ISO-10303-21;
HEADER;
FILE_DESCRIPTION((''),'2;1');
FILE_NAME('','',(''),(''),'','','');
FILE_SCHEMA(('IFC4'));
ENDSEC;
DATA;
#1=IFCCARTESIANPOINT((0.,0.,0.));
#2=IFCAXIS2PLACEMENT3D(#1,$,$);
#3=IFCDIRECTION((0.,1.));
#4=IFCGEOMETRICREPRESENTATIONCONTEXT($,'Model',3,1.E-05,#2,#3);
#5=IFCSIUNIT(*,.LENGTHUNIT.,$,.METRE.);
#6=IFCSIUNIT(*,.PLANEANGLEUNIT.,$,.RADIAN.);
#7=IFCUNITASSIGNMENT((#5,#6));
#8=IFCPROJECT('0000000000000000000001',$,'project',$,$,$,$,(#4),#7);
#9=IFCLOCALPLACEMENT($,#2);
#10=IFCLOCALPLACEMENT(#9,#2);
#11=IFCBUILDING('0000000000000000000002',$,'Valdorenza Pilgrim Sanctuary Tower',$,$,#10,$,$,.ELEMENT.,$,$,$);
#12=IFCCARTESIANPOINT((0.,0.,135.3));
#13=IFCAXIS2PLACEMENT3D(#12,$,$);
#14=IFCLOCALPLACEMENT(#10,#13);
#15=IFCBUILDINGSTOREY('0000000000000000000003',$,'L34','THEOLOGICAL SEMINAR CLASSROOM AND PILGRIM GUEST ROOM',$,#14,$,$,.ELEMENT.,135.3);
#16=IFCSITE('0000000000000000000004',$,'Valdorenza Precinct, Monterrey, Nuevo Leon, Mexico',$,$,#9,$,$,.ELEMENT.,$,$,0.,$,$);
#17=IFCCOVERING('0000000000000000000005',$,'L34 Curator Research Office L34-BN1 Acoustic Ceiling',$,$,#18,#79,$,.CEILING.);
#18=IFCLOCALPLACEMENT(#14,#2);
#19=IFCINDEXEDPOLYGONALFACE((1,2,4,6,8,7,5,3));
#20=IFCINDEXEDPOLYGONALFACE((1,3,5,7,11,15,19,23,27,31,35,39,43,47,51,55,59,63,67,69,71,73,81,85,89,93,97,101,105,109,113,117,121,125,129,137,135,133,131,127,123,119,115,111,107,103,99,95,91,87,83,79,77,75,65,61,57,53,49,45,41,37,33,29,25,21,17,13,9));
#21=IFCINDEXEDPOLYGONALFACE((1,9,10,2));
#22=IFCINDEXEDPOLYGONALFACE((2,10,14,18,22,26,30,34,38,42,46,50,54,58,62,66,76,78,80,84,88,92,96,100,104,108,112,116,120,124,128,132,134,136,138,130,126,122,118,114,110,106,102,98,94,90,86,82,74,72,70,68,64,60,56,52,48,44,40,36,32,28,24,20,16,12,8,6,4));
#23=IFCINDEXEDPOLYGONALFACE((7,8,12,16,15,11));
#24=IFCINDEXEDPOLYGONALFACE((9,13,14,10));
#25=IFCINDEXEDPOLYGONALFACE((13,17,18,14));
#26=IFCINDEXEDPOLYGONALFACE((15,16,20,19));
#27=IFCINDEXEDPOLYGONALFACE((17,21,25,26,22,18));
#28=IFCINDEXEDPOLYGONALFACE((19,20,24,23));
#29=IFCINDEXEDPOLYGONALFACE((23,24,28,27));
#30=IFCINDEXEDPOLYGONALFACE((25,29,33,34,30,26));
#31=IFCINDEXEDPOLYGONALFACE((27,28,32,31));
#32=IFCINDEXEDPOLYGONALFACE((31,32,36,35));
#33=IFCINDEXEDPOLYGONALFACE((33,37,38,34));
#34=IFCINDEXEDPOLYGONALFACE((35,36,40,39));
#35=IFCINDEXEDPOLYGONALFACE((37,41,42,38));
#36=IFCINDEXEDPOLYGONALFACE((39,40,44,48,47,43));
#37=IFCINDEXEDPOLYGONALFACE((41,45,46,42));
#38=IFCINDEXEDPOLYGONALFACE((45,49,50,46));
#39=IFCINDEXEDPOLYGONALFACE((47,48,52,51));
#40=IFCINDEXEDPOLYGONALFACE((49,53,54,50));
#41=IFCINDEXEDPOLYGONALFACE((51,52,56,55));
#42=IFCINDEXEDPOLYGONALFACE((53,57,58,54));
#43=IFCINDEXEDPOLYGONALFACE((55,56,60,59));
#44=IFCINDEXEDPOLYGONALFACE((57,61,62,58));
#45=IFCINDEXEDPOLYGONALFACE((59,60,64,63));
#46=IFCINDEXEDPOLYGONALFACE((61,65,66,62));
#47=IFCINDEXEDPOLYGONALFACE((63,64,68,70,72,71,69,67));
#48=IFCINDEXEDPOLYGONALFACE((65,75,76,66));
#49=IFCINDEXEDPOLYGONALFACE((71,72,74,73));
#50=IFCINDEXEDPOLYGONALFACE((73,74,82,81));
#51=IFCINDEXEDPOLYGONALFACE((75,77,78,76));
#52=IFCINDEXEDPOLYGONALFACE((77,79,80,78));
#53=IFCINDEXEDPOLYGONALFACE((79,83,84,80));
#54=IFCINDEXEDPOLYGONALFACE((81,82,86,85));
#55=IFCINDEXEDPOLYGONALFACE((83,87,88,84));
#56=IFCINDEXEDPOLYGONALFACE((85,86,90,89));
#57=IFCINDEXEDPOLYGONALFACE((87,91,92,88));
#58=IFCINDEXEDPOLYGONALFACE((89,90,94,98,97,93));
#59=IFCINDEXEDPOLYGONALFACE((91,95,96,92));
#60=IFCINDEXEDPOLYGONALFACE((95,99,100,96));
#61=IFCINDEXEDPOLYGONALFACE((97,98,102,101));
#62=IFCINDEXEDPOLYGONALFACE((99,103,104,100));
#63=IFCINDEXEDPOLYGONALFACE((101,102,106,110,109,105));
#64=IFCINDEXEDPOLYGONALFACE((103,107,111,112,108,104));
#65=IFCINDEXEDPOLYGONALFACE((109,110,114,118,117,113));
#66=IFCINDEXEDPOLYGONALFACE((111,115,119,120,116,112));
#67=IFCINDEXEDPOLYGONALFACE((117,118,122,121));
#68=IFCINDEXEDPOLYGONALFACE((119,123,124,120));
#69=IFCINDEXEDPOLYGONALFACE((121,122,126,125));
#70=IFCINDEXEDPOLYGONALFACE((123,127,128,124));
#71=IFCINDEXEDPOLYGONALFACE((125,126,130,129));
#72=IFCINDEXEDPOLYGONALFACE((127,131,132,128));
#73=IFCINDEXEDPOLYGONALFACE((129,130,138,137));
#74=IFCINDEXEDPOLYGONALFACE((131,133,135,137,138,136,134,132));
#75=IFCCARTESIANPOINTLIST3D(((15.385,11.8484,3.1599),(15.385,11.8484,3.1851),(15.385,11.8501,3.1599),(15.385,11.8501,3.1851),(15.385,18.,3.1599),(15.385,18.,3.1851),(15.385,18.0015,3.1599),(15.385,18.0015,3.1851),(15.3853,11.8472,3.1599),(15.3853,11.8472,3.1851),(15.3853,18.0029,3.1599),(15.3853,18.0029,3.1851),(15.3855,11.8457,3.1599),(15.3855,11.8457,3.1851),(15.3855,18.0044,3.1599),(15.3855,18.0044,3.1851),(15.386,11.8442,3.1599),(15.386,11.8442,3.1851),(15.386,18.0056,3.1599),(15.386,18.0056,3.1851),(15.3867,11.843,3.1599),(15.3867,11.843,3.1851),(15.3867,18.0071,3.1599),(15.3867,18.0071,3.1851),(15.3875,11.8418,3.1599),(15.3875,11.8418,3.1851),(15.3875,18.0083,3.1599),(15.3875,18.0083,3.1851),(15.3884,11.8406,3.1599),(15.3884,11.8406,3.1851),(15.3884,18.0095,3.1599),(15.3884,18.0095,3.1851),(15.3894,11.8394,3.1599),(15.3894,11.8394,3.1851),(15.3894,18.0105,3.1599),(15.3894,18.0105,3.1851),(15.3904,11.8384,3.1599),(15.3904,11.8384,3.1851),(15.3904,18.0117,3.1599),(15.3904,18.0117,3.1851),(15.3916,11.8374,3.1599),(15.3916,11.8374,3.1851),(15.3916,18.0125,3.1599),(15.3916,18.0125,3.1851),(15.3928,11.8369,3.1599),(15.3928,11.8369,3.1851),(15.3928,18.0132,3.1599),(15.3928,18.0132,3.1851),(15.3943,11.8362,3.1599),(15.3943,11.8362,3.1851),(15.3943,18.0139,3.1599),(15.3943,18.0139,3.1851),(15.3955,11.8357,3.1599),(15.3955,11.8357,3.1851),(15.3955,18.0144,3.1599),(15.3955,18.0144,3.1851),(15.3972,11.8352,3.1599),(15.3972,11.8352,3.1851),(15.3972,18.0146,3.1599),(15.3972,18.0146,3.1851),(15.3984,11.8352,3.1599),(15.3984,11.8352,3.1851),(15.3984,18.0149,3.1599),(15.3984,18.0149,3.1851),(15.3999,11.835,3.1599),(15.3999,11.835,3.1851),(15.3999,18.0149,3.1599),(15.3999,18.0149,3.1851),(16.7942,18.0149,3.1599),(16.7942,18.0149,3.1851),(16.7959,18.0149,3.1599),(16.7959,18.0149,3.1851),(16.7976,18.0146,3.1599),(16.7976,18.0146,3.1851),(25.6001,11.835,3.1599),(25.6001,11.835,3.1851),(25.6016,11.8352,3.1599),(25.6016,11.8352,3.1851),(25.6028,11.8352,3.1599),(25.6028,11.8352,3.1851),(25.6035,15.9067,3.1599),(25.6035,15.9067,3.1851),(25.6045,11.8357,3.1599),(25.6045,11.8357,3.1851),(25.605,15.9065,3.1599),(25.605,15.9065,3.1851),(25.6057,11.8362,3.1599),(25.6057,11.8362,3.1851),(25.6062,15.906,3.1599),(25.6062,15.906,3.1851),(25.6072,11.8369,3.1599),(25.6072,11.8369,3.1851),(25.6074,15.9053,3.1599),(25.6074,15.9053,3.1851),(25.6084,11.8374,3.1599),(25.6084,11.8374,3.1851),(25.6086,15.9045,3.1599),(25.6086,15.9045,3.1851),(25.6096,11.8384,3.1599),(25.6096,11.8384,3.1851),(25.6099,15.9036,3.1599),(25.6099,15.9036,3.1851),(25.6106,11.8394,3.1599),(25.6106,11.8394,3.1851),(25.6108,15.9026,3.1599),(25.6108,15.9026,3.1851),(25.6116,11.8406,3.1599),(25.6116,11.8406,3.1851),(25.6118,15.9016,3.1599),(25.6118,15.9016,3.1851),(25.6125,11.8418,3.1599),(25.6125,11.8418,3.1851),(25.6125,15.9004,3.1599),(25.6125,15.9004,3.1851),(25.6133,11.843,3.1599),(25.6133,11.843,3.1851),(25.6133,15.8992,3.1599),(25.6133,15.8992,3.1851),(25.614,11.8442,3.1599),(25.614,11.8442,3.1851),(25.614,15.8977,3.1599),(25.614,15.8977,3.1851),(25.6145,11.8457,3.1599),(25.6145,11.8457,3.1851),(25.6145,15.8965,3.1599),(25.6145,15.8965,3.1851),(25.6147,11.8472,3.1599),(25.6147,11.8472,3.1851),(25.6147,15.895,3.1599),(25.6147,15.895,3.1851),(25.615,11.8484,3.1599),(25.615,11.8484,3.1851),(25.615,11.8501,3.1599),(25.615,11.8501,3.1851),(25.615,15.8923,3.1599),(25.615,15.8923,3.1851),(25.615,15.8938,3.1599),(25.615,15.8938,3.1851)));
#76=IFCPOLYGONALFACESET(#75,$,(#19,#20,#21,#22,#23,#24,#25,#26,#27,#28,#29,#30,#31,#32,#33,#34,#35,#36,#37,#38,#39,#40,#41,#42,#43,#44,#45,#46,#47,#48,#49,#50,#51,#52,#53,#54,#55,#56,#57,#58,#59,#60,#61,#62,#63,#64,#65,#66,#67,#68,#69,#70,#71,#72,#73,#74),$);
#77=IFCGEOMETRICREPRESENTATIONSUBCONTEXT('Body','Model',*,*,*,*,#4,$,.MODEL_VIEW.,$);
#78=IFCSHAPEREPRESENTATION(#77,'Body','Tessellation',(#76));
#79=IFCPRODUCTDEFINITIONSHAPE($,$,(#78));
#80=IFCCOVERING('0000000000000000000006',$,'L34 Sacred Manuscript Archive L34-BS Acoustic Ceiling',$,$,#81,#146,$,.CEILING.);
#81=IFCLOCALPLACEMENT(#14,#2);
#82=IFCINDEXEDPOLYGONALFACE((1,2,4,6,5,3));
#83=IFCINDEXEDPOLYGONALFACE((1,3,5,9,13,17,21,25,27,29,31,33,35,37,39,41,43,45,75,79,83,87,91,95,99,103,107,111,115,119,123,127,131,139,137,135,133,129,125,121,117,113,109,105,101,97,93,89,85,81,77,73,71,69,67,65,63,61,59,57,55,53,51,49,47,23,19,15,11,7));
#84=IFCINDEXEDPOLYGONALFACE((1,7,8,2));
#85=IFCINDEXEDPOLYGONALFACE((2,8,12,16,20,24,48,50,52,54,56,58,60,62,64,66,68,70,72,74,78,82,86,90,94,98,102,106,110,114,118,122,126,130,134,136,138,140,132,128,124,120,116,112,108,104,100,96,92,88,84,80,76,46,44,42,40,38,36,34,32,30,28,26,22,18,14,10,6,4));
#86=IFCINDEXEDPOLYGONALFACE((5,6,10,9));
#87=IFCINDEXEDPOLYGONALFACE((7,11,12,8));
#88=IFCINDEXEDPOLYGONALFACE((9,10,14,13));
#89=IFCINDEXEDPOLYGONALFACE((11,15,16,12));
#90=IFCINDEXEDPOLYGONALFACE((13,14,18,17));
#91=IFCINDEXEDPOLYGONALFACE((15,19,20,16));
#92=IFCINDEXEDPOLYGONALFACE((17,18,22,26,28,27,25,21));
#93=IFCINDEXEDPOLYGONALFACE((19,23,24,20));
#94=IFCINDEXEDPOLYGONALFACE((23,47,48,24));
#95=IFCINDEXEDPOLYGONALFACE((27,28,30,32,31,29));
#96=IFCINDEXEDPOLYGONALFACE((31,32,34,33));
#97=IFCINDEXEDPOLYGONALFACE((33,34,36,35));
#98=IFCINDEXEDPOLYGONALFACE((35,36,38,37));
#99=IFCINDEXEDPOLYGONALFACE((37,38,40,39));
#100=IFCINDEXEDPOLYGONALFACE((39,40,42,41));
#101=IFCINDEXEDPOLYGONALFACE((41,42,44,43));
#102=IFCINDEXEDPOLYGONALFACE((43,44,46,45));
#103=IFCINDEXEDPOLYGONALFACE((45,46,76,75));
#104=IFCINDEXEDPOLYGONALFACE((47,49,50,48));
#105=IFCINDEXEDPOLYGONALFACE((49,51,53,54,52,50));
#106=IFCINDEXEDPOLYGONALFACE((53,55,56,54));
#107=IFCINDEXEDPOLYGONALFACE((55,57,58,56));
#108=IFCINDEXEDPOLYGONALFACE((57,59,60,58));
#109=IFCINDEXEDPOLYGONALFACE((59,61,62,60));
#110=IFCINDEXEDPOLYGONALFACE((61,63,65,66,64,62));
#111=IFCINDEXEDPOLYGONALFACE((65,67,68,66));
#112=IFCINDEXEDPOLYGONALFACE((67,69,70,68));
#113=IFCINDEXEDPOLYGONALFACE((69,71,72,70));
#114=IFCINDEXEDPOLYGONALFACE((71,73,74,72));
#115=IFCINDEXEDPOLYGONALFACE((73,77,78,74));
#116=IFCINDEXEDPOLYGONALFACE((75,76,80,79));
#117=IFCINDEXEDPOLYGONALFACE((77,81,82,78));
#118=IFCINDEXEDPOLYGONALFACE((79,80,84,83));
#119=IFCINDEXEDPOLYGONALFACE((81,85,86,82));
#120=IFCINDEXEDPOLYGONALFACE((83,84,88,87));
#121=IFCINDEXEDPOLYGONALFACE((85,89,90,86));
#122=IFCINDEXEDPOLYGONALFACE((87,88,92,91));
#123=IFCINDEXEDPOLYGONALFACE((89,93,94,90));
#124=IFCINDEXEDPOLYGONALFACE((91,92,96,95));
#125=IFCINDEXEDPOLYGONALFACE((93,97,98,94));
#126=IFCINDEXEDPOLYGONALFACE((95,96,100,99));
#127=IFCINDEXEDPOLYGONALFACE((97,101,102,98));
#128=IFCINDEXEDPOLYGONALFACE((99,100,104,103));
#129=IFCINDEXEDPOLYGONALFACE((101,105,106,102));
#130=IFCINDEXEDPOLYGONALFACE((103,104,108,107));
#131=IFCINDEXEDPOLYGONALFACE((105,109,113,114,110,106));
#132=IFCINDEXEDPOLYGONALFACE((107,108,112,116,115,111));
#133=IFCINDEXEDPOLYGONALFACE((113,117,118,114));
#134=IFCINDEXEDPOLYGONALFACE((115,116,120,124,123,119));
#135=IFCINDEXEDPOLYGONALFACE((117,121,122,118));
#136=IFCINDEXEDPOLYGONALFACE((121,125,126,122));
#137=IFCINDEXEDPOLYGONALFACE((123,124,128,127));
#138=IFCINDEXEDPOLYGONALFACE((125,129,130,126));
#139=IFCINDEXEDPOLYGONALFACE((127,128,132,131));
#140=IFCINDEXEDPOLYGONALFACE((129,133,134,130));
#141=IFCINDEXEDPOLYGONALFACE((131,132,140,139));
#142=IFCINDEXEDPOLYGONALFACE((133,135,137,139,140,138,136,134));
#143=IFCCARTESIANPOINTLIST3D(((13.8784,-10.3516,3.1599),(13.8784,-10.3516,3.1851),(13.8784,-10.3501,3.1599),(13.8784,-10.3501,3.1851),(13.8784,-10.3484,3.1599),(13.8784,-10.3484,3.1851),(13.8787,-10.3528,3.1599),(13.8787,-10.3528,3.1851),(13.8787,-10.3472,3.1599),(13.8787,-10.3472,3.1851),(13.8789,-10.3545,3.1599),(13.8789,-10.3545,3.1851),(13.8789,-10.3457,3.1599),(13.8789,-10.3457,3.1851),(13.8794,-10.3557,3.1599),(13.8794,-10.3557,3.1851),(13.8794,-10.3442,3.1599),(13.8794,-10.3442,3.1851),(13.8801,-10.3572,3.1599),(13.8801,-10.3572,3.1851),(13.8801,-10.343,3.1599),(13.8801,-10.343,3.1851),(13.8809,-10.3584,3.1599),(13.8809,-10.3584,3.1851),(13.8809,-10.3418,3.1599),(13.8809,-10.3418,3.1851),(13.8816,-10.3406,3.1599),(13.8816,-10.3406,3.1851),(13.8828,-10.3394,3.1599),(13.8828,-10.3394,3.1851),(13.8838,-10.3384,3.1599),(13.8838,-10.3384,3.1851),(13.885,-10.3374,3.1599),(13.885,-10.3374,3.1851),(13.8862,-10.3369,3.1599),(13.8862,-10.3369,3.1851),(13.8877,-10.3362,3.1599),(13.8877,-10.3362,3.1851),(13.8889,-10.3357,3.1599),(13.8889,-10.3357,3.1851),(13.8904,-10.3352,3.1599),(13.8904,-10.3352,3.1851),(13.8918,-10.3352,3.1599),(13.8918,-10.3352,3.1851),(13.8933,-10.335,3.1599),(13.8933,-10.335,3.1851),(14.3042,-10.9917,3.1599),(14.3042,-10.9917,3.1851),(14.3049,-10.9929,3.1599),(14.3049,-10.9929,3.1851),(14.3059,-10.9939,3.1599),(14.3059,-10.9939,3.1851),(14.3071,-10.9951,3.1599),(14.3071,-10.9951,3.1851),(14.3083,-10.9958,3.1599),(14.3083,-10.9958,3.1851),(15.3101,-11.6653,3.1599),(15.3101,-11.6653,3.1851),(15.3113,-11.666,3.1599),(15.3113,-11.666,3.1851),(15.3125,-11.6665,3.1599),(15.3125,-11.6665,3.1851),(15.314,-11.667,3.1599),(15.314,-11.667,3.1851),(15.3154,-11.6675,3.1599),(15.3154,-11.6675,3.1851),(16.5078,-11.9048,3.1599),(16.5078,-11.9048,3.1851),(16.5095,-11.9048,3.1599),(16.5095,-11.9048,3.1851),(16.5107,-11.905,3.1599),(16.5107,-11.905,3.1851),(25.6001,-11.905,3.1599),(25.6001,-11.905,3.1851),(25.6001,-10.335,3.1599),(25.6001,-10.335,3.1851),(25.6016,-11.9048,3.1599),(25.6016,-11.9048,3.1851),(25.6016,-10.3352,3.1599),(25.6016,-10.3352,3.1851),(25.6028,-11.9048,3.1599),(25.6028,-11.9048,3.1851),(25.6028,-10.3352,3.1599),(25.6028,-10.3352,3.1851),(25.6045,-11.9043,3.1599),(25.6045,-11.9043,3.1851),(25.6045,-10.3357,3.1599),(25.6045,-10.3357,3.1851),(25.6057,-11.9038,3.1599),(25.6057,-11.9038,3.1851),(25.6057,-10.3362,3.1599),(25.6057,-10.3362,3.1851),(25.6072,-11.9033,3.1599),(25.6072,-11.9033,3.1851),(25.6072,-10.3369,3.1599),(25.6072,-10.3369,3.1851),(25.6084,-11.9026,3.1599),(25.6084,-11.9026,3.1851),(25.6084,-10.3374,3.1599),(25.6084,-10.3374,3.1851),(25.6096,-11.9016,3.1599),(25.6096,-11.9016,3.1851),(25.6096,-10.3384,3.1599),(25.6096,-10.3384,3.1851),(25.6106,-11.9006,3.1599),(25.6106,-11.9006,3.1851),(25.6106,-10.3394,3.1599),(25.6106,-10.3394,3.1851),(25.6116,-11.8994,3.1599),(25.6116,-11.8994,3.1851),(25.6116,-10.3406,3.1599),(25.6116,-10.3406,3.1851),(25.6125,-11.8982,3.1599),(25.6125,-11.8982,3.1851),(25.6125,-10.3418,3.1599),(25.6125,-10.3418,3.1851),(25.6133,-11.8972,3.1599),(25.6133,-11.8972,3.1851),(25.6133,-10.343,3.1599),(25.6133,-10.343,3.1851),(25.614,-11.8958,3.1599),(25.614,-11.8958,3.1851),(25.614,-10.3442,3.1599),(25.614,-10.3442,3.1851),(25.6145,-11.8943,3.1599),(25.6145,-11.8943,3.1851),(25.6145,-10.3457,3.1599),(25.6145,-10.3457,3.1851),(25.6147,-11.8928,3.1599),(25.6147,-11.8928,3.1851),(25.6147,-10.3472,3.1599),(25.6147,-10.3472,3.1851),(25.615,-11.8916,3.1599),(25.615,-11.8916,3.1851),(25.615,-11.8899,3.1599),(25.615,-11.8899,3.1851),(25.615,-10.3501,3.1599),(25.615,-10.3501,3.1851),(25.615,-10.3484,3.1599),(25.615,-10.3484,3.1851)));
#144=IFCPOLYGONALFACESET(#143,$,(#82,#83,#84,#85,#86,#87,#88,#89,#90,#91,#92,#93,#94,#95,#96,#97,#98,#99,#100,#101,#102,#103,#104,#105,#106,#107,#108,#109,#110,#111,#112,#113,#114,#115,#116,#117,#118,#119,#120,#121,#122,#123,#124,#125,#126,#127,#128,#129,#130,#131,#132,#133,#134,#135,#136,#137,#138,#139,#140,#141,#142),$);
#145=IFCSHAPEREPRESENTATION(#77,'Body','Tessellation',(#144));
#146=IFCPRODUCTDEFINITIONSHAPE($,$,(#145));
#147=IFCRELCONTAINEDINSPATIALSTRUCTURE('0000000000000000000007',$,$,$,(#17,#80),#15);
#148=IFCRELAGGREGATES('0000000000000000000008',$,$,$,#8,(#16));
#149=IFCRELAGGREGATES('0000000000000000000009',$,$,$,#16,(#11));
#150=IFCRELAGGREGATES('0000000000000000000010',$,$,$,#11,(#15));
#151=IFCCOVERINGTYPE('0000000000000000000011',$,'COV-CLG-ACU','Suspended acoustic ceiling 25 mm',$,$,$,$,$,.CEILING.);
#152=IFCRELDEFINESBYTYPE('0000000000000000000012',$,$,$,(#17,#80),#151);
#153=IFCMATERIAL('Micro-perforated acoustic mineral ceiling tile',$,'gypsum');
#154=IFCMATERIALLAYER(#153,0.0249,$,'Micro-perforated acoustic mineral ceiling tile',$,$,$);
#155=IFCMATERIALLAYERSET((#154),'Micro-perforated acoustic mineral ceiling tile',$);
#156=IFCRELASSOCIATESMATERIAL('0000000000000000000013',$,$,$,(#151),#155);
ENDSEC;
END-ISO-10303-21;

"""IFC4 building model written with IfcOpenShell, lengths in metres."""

from ifc_helpers import new_model, si_unit, direction, frame, origin, place, context, subcontext, project, spatial, polyline, outline, extrude, material, layer, layer_set, type_object, element, save


model = new_model("IFC4")

# Units and contexts
model_context = context("Model", 3, precision=1e-05, world=origin(), true_north=direction((0.0, 1.0)))
body_context = subcontext(model_context, "Body", "Model", "MODEL_VIEW")
ifc_project = project(units=[si_unit("LENGTHUNIT", "METRE"), si_unit("PLANEANGLEUNIT", "RADIAN")], contexts=[model_context])

# Site, building, storey
site_placement = place(None, origin())
site = spatial("IfcSite", under=ifc_project, at=site_placement, Name="Valdorenza Precinct, Monterrey, Nuevo Leon, Mexico", CompositionType="ELEMENT", RefElevation=0.0)
building_placement = place(site_placement, origin())
building = spatial("IfcBuilding", under=site, at=building_placement, Name="Valdorenza Pilgrim Sanctuary Tower", CompositionType="ELEMENT")
storey_placement = place(building_placement, frame((0.0, 0.0, 135.3)))
storey = spatial("IfcBuildingStorey", under=building, at=storey_placement, Name="L34", Description="THEOLOGICAL SEMINAR CLASSROOM AND PILGRIM GUEST ROOM", CompositionType="ELEMENT", Elevation=135.3)

# Coverings
ifc_material_1 = material(Name="Micro-perforated acoustic mineral ceiling tile", Category="gypsum")
ifc_layer_1 = layer(ifc_material_1, 0.0249, Name="Micro-perforated acoustic mineral ceiling tile")
ifc_layer_set_1 = layer_set([ifc_layer_1], Name="Micro-perforated acoustic mineral ceiling tile")
covering_type_1 = type_object("IfcCoveringType", Name="COV-CLG-ACU", Description="Suspended acoustic ceiling 25 mm", PredefinedType="CEILING", material=ifc_layer_set_1)
covering_1_placement = place(storey_placement, frame((0.0, 0.0, 3.1599)))
element("IfcCovering", 1, at=covering_1_placement, inside=storey, type_object=covering_type_1, Name="L34 Curator Research Office L34-BN1 Acoustic Ceiling", PredefinedType="CEILING", context=body_context, shape_type="SweptSolid", body=[
    extrude(outline(polyline([(15.3999, 11.835), (15.3984, 11.8352), (15.3972, 11.8352), (15.3955, 11.8357), (15.3943, 11.8362), (15.3928, 11.8369), (15.3916, 11.8374), (15.3904, 11.8384), (15.3894, 11.8394), (15.3884, 11.8406), (15.3875, 11.8418), (15.3867, 11.843), (15.386, 11.8442), (15.3855, 11.8457), (15.3853, 11.8472), (15.385, 11.8484), (15.385, 11.8501), (15.385, 18.0), (15.385, 18.0015), (15.3853, 18.0029), (15.3855, 18.0044), (15.386, 18.0056), (15.3867, 18.0071), (15.3875, 18.0083), (15.3884, 18.0095), (15.3894, 18.0105), (15.3904, 18.0117), (15.3916, 18.0125), (15.3928, 18.0132), (15.3943, 18.0139), (15.3955, 18.0144), (15.3972, 18.0146), (15.3984, 18.0149), (15.3999, 18.0149), (16.7942, 18.0149), (16.7959, 18.0149), (16.7976, 18.0146), (25.6035, 15.9067), (25.605, 15.9065), (25.6062, 15.906), (25.6074, 15.9053), (25.6086, 15.9045), (25.6099, 15.9036), (25.6108, 15.9026), (25.6118, 15.9016), (25.6125, 15.9004), (25.6133, 15.8992), (25.614, 15.8977), (25.6145, 15.8965), (25.6147, 15.895), (25.615, 15.8938), (25.615, 15.8923), (25.615, 11.8501), (25.615, 11.8484), (25.6147, 11.8472), (25.6145, 11.8457), (25.614, 11.8442), (25.6133, 11.843), (25.6125, 11.8418), (25.6116, 11.8406), (25.6106, 11.8394), (25.6096, 11.8384), (25.6084, 11.8374), (25.6072, 11.8369), (25.6057, 11.8362), (25.6045, 11.8357), (25.6028, 11.8352), (25.6016, 11.8352), (25.6001, 11.835), (15.3999, 11.835)])), origin(), (0.0, 0.0, 1.0), 0.0251),
])
covering_2_placement = place(storey_placement, frame((0.0, 0.0, 3.1599)))
element("IfcCovering", 2, at=covering_2_placement, inside=storey, type_object=covering_type_1, Name="L34 Sacred Manuscript Archive L34-BS Acoustic Ceiling", PredefinedType="CEILING", context=body_context, shape_type="SweptSolid", body=[
    extrude(outline(polyline([(25.615, -11.8899), (25.615, -11.8916), (25.6147, -11.8928), (25.6145, -11.8943), (25.614, -11.8958), (25.6133, -11.8972), (25.6125, -11.8982), (25.6116, -11.8994), (25.6106, -11.9006), (25.6096, -11.9016), (25.6084, -11.9026), (25.6072, -11.9033), (25.6057, -11.9038), (25.6045, -11.9043), (25.6028, -11.9048), (25.6016, -11.9048), (25.6001, -11.905), (16.5107, -11.905), (16.5095, -11.9048), (16.5078, -11.9048), (15.3154, -11.6675), (15.314, -11.667), (15.3125, -11.6665), (15.3113, -11.666), (15.3101, -11.6653), (14.3083, -10.9958), (14.3071, -10.9951), (14.3059, -10.9939), (14.3049, -10.9929), (14.3042, -10.9917), (13.8809, -10.3584), (13.8801, -10.3572), (13.8794, -10.3557), (13.8789, -10.3545), (13.8787, -10.3528), (13.8784, -10.3516), (13.8784, -10.3501), (13.8784, -10.3484), (13.8787, -10.3472), (13.8789, -10.3457), (13.8794, -10.3442), (13.8801, -10.343), (13.8809, -10.3418), (13.8816, -10.3406), (13.8828, -10.3394), (13.8838, -10.3384), (13.885, -10.3374), (13.8862, -10.3369), (13.8877, -10.3362), (13.8889, -10.3357), (13.8904, -10.3352), (13.8918, -10.3352), (13.8933, -10.335), (25.6001, -10.335), (25.6016, -10.3352), (25.6028, -10.3352), (25.6045, -10.3357), (25.6057, -10.3362), (25.6072, -10.3369), (25.6084, -10.3374), (25.6096, -10.3384), (25.6106, -10.3394), (25.6116, -10.3406), (25.6125, -10.3418), (25.6133, -10.343), (25.614, -10.3442), (25.6145, -10.3457), (25.6147, -10.3472), (25.615, -10.3484), (25.615, -10.3501), (25.615, -11.8899)])), origin(), (0.0, 0.0, 1.0), 0.0251),
])

save(model, "model.ifc")
